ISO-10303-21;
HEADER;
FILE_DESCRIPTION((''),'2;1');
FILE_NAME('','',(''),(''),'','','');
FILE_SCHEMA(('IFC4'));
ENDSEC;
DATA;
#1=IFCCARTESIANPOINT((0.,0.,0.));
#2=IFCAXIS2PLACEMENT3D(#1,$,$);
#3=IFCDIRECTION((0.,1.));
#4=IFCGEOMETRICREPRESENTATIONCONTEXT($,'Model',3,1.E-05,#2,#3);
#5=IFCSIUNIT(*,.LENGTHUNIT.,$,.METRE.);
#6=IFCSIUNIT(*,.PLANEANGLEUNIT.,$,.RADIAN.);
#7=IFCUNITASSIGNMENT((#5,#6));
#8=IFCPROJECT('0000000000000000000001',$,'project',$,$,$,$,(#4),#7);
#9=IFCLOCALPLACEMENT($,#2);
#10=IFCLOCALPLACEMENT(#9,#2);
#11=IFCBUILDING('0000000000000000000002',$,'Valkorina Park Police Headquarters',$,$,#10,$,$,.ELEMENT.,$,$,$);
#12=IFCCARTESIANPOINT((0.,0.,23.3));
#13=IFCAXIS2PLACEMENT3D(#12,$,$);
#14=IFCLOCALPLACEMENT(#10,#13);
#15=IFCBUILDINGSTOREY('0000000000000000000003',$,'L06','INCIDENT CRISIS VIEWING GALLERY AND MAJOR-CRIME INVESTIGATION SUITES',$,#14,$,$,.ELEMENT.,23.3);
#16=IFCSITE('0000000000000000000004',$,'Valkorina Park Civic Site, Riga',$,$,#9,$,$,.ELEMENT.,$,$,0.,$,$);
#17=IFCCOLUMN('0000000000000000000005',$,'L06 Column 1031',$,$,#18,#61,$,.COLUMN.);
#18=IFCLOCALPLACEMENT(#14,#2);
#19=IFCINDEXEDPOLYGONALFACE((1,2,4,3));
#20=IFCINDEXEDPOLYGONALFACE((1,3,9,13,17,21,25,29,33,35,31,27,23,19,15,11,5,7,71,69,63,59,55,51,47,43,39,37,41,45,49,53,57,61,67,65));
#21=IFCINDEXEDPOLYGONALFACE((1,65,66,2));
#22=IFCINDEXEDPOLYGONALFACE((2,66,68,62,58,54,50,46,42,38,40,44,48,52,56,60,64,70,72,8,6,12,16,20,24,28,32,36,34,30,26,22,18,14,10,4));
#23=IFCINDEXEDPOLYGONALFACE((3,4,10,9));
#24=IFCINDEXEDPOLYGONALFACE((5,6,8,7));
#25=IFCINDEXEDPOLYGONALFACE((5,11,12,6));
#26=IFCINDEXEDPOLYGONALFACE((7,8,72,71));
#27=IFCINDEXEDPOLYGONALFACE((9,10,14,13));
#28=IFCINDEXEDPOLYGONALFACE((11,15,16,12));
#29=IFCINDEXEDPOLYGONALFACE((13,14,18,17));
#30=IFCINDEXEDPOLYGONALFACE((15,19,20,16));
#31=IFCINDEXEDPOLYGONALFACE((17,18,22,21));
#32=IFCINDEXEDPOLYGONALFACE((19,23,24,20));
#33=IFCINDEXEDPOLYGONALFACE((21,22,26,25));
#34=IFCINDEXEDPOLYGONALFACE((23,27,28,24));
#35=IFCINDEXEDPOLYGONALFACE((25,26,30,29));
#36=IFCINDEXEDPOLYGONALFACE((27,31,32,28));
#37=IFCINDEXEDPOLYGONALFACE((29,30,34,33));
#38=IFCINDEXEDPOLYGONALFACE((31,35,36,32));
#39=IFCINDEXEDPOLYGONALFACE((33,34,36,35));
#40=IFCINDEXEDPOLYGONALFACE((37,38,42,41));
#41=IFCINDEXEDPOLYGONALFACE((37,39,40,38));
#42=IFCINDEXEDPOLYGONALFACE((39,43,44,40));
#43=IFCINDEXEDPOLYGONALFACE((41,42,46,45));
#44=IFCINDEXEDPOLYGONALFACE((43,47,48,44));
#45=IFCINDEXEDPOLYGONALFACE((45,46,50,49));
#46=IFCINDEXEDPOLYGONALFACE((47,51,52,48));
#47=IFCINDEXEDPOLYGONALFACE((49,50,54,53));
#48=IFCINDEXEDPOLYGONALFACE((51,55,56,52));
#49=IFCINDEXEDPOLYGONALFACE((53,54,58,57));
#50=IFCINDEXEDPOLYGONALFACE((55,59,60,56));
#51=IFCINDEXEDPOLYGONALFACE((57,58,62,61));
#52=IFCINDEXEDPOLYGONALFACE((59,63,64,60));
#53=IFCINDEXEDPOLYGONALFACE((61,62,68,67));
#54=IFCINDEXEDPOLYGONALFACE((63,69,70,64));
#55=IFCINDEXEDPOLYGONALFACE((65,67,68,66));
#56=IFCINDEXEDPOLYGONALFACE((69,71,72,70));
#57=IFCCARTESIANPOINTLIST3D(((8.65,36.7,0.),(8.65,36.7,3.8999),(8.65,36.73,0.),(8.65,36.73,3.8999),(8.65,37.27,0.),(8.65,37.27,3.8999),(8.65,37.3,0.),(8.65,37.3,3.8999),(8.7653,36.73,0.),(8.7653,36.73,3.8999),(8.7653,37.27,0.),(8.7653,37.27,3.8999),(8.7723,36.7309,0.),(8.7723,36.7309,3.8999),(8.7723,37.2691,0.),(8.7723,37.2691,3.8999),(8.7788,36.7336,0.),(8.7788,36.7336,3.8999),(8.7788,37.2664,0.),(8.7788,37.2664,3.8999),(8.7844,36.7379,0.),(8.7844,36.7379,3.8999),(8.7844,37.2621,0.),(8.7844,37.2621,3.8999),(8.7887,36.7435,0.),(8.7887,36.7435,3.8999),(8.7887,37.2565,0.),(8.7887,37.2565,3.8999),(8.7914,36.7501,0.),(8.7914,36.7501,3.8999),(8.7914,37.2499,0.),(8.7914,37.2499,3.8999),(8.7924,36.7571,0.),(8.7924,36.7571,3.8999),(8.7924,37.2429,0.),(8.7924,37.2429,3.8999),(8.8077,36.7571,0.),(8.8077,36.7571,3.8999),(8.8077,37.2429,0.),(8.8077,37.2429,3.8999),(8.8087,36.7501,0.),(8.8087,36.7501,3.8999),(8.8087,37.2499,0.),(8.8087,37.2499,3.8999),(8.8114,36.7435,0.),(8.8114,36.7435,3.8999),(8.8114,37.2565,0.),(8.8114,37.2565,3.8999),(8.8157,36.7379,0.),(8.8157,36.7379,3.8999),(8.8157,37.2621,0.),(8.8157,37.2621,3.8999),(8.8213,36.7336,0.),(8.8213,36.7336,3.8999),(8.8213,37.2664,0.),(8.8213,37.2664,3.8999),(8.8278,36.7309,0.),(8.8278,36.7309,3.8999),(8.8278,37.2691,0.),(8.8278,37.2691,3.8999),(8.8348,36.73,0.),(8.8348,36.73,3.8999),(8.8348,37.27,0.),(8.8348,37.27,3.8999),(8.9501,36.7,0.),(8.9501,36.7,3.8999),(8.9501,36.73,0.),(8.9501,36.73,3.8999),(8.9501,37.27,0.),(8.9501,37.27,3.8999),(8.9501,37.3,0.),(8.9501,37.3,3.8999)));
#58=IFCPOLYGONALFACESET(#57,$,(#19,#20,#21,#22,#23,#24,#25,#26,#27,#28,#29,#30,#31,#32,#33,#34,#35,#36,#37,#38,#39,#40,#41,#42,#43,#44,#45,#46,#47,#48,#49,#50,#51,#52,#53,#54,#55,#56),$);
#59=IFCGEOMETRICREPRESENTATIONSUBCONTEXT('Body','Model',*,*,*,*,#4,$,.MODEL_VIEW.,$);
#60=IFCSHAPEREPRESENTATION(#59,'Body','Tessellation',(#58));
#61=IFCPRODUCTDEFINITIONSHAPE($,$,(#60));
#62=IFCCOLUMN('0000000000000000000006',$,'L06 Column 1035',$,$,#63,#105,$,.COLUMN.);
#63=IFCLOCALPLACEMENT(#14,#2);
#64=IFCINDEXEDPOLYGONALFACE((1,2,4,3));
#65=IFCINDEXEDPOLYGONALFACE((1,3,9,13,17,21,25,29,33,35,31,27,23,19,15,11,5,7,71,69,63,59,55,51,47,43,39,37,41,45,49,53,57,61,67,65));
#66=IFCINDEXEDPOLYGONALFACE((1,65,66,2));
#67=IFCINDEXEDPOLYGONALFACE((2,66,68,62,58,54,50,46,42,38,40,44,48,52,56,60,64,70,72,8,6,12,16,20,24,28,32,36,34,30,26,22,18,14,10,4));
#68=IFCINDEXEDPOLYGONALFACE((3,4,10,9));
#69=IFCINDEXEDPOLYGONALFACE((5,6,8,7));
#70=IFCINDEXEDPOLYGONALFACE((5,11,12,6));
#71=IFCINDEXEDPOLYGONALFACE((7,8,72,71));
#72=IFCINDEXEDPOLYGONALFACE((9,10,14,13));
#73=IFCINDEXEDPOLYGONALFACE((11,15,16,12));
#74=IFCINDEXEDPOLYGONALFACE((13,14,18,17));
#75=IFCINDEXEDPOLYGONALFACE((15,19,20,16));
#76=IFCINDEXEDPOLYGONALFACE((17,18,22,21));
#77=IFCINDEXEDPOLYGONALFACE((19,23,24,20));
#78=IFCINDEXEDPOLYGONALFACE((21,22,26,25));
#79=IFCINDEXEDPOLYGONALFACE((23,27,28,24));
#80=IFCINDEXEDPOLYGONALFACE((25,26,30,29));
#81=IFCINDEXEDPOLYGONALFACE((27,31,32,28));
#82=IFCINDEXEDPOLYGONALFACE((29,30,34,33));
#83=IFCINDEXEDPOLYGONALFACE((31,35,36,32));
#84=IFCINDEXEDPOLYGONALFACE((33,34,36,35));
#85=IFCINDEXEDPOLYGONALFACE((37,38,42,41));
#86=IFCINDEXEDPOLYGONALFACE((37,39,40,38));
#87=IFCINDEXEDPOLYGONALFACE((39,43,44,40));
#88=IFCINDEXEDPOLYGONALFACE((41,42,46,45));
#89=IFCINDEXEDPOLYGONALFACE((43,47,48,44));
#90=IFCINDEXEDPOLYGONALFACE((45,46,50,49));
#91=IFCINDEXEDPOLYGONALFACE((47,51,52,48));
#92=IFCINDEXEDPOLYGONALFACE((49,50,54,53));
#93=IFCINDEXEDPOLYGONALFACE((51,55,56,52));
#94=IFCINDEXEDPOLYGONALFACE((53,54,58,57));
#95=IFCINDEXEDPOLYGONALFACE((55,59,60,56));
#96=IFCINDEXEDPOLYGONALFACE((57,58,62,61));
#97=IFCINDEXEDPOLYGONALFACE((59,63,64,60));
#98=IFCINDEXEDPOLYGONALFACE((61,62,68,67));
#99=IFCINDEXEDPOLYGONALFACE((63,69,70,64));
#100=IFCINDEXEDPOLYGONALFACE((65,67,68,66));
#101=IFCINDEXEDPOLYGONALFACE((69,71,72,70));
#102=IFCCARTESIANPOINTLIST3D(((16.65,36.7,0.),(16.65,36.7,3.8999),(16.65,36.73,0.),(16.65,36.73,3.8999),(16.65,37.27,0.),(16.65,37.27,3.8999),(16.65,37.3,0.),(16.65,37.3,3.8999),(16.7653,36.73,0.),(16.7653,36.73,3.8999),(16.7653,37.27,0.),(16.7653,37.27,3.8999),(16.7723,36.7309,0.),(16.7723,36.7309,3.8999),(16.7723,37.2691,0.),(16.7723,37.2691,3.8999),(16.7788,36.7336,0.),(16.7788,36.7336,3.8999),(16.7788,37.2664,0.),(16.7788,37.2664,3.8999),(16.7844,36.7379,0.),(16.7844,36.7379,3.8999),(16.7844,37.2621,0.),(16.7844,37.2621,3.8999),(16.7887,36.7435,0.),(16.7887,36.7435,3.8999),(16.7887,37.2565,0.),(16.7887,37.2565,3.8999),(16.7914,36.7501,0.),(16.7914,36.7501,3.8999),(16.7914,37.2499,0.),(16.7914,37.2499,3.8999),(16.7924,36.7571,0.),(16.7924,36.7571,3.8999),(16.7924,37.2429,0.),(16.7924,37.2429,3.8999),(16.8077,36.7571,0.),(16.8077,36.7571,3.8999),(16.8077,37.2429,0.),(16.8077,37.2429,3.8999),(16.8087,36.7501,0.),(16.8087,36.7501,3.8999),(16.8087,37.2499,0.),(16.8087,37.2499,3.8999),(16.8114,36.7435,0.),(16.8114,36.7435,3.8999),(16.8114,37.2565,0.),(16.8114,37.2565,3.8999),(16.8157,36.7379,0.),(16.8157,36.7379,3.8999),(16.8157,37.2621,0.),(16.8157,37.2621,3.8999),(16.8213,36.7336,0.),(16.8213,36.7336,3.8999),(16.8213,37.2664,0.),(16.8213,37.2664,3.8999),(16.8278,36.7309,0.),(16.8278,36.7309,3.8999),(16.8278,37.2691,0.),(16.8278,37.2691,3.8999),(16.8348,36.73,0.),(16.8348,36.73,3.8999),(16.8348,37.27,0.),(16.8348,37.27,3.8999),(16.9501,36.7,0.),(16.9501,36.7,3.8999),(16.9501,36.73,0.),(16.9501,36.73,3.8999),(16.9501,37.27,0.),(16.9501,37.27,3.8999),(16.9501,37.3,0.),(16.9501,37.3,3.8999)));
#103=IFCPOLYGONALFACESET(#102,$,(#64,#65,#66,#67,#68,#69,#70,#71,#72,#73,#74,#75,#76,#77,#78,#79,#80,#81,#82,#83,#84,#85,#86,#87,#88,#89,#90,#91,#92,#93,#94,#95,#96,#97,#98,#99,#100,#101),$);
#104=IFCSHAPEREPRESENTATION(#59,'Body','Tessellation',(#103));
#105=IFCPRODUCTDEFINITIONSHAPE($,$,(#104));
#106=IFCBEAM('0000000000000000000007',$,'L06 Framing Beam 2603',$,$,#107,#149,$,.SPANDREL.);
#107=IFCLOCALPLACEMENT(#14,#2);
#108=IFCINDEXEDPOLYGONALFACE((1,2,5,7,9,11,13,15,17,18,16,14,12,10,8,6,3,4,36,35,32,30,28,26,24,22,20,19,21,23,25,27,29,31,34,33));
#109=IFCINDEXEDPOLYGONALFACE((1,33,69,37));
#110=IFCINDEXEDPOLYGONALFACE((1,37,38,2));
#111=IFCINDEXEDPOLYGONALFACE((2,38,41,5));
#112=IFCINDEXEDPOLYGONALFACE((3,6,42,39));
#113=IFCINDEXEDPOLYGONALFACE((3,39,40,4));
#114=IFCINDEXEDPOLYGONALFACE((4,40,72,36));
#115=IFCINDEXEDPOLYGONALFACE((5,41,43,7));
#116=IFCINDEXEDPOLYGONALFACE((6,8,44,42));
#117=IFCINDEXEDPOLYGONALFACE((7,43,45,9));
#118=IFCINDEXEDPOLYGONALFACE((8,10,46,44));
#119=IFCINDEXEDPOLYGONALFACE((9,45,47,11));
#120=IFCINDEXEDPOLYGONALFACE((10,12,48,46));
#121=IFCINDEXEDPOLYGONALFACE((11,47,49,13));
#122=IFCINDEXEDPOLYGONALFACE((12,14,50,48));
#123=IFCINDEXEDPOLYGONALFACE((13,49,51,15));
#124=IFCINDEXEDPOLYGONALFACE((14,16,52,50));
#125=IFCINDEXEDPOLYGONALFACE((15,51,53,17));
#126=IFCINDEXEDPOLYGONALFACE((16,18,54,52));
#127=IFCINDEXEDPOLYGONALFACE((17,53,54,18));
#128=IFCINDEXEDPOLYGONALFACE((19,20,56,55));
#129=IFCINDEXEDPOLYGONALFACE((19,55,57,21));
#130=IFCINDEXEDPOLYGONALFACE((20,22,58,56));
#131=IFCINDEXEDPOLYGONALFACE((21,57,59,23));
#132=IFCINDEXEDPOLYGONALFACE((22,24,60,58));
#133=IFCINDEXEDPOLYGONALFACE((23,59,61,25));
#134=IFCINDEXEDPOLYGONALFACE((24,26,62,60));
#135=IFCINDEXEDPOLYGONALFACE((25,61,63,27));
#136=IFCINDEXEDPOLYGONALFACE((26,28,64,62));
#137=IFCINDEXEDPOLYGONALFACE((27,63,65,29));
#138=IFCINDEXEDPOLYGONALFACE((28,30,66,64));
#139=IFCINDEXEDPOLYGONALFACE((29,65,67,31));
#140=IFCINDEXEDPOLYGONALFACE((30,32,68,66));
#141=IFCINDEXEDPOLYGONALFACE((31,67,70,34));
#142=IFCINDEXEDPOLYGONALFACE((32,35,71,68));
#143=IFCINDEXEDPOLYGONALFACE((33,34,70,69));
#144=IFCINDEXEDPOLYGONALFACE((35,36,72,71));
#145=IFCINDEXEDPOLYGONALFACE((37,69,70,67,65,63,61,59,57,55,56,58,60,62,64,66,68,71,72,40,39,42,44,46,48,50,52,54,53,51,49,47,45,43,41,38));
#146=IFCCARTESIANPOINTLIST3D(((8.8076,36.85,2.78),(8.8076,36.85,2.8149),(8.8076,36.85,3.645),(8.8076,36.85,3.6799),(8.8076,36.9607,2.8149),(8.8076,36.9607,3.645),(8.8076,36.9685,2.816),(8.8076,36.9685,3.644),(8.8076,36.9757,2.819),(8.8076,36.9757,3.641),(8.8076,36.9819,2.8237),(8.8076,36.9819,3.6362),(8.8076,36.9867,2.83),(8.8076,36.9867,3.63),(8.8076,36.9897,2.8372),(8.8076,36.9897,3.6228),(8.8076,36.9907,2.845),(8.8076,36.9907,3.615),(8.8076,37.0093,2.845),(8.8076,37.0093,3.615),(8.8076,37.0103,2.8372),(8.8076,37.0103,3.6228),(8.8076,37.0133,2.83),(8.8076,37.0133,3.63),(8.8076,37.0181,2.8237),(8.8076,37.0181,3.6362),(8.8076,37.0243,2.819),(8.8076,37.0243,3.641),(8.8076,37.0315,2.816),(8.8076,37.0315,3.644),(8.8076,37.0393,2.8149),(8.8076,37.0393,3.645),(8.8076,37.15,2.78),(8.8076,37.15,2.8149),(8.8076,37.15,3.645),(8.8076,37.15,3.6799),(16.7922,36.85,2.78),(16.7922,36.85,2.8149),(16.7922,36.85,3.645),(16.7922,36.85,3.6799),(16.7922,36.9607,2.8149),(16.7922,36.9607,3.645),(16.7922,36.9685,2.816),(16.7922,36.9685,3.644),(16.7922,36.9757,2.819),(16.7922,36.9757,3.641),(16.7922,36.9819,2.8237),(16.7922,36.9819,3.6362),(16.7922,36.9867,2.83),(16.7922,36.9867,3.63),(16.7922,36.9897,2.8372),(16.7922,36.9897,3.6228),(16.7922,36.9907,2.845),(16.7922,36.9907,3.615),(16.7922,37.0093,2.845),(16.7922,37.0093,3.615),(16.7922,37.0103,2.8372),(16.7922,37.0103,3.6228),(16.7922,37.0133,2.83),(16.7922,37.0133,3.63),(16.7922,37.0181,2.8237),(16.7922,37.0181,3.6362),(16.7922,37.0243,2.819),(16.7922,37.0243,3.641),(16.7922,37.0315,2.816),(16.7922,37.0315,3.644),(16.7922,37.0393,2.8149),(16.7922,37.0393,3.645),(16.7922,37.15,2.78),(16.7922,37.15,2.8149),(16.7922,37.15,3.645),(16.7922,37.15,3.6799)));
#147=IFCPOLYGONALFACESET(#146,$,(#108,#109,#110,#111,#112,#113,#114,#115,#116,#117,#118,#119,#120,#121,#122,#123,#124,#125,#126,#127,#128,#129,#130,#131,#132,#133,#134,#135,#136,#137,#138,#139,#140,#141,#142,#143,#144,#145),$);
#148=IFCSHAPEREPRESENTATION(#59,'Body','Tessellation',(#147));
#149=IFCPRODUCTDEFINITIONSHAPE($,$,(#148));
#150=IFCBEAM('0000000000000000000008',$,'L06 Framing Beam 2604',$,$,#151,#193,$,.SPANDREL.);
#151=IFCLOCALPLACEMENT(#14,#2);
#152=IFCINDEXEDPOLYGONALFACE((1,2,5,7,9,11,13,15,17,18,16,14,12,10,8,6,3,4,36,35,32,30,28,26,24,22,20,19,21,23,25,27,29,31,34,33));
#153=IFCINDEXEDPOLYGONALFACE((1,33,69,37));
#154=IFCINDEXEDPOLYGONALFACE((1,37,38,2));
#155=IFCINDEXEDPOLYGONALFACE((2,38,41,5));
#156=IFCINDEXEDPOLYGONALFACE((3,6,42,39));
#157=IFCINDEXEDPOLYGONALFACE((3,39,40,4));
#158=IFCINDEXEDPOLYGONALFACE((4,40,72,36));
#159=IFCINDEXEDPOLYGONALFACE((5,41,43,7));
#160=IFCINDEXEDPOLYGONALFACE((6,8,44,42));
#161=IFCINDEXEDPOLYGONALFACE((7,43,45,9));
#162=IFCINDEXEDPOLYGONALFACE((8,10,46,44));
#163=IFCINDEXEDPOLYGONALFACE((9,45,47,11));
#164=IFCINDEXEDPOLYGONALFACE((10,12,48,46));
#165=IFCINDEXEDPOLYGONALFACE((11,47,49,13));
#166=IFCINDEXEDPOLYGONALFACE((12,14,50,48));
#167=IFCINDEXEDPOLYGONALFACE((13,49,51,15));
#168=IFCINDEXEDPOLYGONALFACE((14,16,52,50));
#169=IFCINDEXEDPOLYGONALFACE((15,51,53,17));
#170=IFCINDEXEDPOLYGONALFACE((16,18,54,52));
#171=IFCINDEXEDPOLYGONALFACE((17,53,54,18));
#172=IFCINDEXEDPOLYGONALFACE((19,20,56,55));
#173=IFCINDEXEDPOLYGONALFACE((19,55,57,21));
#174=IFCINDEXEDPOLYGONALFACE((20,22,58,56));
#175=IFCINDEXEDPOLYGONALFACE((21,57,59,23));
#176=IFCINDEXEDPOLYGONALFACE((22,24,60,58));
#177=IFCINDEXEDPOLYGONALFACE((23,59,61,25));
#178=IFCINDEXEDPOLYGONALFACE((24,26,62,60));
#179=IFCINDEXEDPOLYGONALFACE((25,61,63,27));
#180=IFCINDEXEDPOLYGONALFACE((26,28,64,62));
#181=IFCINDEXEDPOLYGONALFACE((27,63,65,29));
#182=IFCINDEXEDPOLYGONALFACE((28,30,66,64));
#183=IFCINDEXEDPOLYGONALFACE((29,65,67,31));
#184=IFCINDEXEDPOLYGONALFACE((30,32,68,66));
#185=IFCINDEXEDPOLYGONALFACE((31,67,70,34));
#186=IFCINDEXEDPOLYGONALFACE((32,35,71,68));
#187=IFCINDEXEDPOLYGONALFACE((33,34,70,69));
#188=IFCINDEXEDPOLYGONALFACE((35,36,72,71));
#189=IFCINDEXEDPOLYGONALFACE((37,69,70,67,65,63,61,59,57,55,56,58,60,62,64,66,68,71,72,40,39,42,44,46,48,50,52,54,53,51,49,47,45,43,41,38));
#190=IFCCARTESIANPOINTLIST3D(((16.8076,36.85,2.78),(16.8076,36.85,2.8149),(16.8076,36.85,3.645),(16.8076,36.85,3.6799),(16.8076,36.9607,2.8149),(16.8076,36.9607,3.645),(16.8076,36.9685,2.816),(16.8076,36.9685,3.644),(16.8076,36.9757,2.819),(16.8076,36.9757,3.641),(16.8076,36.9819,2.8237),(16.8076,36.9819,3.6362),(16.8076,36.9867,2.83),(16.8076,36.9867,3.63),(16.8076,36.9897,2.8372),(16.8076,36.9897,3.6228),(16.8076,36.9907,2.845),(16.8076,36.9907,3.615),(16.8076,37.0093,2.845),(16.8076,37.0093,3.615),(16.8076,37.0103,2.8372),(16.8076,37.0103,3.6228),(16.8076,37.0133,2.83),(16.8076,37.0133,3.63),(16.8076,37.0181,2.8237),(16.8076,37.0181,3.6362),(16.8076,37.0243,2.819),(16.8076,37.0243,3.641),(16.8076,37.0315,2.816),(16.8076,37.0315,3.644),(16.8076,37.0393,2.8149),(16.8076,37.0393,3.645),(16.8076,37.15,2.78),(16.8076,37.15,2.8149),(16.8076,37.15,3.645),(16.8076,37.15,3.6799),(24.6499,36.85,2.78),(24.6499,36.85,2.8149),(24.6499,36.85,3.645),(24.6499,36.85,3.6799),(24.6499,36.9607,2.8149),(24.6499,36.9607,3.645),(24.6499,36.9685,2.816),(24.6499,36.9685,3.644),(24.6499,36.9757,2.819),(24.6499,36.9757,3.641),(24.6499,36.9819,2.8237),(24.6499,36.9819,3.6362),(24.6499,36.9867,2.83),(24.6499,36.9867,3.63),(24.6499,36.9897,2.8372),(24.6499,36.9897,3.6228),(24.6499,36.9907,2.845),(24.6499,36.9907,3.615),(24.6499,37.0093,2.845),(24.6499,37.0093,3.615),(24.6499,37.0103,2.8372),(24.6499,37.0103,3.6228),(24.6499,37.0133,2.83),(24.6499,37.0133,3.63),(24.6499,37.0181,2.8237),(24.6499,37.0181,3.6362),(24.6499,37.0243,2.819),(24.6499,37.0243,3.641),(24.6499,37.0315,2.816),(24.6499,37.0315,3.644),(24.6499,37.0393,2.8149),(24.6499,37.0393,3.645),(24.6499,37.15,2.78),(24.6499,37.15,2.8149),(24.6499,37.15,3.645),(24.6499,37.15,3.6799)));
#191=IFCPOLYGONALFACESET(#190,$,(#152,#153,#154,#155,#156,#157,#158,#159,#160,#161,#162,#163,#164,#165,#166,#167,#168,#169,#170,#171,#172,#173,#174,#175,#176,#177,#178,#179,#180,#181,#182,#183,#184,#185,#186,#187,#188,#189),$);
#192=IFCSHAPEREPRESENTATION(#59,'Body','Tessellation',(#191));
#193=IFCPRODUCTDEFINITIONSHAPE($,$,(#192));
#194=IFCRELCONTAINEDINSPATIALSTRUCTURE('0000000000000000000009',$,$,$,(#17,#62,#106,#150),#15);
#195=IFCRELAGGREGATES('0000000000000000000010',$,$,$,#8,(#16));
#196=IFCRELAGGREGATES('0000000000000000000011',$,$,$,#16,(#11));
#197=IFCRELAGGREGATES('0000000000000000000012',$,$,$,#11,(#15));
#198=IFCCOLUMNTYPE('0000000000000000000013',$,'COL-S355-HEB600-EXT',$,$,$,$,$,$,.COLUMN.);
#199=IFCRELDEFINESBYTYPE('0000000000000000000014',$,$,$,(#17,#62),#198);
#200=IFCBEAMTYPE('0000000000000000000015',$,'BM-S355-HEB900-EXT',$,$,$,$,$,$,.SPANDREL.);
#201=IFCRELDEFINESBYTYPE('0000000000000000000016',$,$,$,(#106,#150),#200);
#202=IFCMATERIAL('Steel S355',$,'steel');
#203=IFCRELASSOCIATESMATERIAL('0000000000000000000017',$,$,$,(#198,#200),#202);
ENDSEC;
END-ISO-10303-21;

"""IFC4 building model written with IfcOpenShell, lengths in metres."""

from ifc_helpers import new_model, si_unit, direction, frame, origin, origin_2d, place, context, subcontext, project, spatial, i_section, extrude, material, material_profile, profile_set, type_object, element, save


model = new_model("IFC4")

# Units and contexts
model_context = context("Model", 3, precision=1e-05, world=origin(), true_north=direction((0.0, 1.0)))
body_context = subcontext(model_context, "Body", "Model", "MODEL_VIEW")
ifc_project = project(units=[si_unit("LENGTHUNIT", "METRE"), si_unit("PLANEANGLEUNIT", "RADIAN")], contexts=[model_context])

# Site, building, storey
site_placement = place(None, origin())
site = spatial("IfcSite", under=ifc_project, at=site_placement, Name="Valkorina Park Civic Site, Riga", CompositionType="ELEMENT", RefElevation=0.0)
building_placement = place(site_placement, origin())
building = spatial("IfcBuilding", under=site, at=building_placement, Name="Valkorina Park Police Headquarters", CompositionType="ELEMENT")
storey_placement = place(building_placement, frame((0.0, 0.0, 23.3)))
storey = spatial("IfcBuildingStorey", under=building, at=storey_placement, Name="L06", Description="INCIDENT CRISIS VIEWING GALLERY AND MAJOR-CRIME INVESTIGATION SUITES", CompositionType="ELEMENT", Elevation=23.3)

# Columns
ifc_material_1 = material(Name="Steel S355", Category="steel")
ifc_material_profile_1 = material_profile(ifc_material_1, i_section(OverallWidth=0.3, OverallDepth=0.6001, WebThickness=0.0154, FlangeThickness=0.03, FilletRadius=0.0271, at=origin_2d()), Name="HEB 600")
ifc_profile_set_1 = profile_set([ifc_material_profile_1], Name="Steel S355")
column_type = type_object("IfcColumnType", Name="COL-S355-HEB600-EXT", PredefinedType="COLUMN", material=ifc_profile_set_1)
for number, where, z_axis, x_axis, name in (
    (1, (8.8, 37.0, 0.0), (0.0, 0.0, 1.0), (1.0, 0.0, 0.0), "L06 Column 1031"),
    (2, (16.8, 37.0, 0.0), (0.0, 0.0, 1.0), (1.0, 0.0, 0.0), "L06 Column 1035"),
):
    element("IfcColumn", number, at=place(storey_placement, frame(where, z_axis=z_axis, x_axis=x_axis)), inside=storey, type_object=column_type, Name=name, PredefinedType="COLUMN", context=body_context, shape_type="SweptSolid", body=[
        extrude(i_section(OverallWidth=0.3, OverallDepth=0.6001, WebThickness=0.0154, FlangeThickness=0.03, FilletRadius=0.0271, at=origin_2d()), origin(), (0.0, 0.0, 1.0), 3.8999),
    ])

# Beams
ifc_material_profile_2 = material_profile(ifc_material_1, i_section(OverallWidth=0.3, OverallDepth=0.8999, WebThickness=0.0186, FlangeThickness=0.0349, FilletRadius=0.03, at=origin_2d()), Name="HEB 900")
ifc_profile_set_2 = profile_set([ifc_material_profile_2], Name="Steel S355")
beam_type = type_object("IfcBeamType", Name="BM-S355-HEB900-EXT", PredefinedType="SPANDREL", material=ifc_profile_set_2)
beam_1_placement = place(storey_placement, frame((8.8076, 37.0, 3.23), z_axis=(1.0, 0.0, 0.0), x_axis=(0.0, 1.0, 0.0)))
element("IfcBeam", 3, at=beam_1_placement, inside=storey, type_object=beam_type, Name="L06 Framing Beam 2603", PredefinedType="SPANDREL", context=body_context, shape_type="SweptSolid", body=[
    extrude(i_section(OverallWidth=0.3, OverallDepth=0.8999, WebThickness=0.0186, FlangeThickness=0.0349, FilletRadius=0.03, at=origin_2d()), origin(), (0.0, 0.0, 1.0), 7.9846),
])
beam_2_placement = place(storey_placement, frame((16.8076, 37.0, 3.23), z_axis=(1.0, 0.0, 0.0), x_axis=(0.0, 1.0, 0.0)))
element("IfcBeam", 4, at=beam_2_placement, inside=storey, type_object=beam_type, Name="L06 Framing Beam 2604", PredefinedType="SPANDREL", context=body_context, shape_type="SweptSolid", body=[
    extrude(i_section(OverallWidth=0.3, OverallDepth=0.8999, WebThickness=0.0186, FlangeThickness=0.0349, FilletRadius=0.03, at=origin_2d()), origin(), (0.0, 0.0, 1.0), 7.8423),
])

save(model, "model.ifc")
